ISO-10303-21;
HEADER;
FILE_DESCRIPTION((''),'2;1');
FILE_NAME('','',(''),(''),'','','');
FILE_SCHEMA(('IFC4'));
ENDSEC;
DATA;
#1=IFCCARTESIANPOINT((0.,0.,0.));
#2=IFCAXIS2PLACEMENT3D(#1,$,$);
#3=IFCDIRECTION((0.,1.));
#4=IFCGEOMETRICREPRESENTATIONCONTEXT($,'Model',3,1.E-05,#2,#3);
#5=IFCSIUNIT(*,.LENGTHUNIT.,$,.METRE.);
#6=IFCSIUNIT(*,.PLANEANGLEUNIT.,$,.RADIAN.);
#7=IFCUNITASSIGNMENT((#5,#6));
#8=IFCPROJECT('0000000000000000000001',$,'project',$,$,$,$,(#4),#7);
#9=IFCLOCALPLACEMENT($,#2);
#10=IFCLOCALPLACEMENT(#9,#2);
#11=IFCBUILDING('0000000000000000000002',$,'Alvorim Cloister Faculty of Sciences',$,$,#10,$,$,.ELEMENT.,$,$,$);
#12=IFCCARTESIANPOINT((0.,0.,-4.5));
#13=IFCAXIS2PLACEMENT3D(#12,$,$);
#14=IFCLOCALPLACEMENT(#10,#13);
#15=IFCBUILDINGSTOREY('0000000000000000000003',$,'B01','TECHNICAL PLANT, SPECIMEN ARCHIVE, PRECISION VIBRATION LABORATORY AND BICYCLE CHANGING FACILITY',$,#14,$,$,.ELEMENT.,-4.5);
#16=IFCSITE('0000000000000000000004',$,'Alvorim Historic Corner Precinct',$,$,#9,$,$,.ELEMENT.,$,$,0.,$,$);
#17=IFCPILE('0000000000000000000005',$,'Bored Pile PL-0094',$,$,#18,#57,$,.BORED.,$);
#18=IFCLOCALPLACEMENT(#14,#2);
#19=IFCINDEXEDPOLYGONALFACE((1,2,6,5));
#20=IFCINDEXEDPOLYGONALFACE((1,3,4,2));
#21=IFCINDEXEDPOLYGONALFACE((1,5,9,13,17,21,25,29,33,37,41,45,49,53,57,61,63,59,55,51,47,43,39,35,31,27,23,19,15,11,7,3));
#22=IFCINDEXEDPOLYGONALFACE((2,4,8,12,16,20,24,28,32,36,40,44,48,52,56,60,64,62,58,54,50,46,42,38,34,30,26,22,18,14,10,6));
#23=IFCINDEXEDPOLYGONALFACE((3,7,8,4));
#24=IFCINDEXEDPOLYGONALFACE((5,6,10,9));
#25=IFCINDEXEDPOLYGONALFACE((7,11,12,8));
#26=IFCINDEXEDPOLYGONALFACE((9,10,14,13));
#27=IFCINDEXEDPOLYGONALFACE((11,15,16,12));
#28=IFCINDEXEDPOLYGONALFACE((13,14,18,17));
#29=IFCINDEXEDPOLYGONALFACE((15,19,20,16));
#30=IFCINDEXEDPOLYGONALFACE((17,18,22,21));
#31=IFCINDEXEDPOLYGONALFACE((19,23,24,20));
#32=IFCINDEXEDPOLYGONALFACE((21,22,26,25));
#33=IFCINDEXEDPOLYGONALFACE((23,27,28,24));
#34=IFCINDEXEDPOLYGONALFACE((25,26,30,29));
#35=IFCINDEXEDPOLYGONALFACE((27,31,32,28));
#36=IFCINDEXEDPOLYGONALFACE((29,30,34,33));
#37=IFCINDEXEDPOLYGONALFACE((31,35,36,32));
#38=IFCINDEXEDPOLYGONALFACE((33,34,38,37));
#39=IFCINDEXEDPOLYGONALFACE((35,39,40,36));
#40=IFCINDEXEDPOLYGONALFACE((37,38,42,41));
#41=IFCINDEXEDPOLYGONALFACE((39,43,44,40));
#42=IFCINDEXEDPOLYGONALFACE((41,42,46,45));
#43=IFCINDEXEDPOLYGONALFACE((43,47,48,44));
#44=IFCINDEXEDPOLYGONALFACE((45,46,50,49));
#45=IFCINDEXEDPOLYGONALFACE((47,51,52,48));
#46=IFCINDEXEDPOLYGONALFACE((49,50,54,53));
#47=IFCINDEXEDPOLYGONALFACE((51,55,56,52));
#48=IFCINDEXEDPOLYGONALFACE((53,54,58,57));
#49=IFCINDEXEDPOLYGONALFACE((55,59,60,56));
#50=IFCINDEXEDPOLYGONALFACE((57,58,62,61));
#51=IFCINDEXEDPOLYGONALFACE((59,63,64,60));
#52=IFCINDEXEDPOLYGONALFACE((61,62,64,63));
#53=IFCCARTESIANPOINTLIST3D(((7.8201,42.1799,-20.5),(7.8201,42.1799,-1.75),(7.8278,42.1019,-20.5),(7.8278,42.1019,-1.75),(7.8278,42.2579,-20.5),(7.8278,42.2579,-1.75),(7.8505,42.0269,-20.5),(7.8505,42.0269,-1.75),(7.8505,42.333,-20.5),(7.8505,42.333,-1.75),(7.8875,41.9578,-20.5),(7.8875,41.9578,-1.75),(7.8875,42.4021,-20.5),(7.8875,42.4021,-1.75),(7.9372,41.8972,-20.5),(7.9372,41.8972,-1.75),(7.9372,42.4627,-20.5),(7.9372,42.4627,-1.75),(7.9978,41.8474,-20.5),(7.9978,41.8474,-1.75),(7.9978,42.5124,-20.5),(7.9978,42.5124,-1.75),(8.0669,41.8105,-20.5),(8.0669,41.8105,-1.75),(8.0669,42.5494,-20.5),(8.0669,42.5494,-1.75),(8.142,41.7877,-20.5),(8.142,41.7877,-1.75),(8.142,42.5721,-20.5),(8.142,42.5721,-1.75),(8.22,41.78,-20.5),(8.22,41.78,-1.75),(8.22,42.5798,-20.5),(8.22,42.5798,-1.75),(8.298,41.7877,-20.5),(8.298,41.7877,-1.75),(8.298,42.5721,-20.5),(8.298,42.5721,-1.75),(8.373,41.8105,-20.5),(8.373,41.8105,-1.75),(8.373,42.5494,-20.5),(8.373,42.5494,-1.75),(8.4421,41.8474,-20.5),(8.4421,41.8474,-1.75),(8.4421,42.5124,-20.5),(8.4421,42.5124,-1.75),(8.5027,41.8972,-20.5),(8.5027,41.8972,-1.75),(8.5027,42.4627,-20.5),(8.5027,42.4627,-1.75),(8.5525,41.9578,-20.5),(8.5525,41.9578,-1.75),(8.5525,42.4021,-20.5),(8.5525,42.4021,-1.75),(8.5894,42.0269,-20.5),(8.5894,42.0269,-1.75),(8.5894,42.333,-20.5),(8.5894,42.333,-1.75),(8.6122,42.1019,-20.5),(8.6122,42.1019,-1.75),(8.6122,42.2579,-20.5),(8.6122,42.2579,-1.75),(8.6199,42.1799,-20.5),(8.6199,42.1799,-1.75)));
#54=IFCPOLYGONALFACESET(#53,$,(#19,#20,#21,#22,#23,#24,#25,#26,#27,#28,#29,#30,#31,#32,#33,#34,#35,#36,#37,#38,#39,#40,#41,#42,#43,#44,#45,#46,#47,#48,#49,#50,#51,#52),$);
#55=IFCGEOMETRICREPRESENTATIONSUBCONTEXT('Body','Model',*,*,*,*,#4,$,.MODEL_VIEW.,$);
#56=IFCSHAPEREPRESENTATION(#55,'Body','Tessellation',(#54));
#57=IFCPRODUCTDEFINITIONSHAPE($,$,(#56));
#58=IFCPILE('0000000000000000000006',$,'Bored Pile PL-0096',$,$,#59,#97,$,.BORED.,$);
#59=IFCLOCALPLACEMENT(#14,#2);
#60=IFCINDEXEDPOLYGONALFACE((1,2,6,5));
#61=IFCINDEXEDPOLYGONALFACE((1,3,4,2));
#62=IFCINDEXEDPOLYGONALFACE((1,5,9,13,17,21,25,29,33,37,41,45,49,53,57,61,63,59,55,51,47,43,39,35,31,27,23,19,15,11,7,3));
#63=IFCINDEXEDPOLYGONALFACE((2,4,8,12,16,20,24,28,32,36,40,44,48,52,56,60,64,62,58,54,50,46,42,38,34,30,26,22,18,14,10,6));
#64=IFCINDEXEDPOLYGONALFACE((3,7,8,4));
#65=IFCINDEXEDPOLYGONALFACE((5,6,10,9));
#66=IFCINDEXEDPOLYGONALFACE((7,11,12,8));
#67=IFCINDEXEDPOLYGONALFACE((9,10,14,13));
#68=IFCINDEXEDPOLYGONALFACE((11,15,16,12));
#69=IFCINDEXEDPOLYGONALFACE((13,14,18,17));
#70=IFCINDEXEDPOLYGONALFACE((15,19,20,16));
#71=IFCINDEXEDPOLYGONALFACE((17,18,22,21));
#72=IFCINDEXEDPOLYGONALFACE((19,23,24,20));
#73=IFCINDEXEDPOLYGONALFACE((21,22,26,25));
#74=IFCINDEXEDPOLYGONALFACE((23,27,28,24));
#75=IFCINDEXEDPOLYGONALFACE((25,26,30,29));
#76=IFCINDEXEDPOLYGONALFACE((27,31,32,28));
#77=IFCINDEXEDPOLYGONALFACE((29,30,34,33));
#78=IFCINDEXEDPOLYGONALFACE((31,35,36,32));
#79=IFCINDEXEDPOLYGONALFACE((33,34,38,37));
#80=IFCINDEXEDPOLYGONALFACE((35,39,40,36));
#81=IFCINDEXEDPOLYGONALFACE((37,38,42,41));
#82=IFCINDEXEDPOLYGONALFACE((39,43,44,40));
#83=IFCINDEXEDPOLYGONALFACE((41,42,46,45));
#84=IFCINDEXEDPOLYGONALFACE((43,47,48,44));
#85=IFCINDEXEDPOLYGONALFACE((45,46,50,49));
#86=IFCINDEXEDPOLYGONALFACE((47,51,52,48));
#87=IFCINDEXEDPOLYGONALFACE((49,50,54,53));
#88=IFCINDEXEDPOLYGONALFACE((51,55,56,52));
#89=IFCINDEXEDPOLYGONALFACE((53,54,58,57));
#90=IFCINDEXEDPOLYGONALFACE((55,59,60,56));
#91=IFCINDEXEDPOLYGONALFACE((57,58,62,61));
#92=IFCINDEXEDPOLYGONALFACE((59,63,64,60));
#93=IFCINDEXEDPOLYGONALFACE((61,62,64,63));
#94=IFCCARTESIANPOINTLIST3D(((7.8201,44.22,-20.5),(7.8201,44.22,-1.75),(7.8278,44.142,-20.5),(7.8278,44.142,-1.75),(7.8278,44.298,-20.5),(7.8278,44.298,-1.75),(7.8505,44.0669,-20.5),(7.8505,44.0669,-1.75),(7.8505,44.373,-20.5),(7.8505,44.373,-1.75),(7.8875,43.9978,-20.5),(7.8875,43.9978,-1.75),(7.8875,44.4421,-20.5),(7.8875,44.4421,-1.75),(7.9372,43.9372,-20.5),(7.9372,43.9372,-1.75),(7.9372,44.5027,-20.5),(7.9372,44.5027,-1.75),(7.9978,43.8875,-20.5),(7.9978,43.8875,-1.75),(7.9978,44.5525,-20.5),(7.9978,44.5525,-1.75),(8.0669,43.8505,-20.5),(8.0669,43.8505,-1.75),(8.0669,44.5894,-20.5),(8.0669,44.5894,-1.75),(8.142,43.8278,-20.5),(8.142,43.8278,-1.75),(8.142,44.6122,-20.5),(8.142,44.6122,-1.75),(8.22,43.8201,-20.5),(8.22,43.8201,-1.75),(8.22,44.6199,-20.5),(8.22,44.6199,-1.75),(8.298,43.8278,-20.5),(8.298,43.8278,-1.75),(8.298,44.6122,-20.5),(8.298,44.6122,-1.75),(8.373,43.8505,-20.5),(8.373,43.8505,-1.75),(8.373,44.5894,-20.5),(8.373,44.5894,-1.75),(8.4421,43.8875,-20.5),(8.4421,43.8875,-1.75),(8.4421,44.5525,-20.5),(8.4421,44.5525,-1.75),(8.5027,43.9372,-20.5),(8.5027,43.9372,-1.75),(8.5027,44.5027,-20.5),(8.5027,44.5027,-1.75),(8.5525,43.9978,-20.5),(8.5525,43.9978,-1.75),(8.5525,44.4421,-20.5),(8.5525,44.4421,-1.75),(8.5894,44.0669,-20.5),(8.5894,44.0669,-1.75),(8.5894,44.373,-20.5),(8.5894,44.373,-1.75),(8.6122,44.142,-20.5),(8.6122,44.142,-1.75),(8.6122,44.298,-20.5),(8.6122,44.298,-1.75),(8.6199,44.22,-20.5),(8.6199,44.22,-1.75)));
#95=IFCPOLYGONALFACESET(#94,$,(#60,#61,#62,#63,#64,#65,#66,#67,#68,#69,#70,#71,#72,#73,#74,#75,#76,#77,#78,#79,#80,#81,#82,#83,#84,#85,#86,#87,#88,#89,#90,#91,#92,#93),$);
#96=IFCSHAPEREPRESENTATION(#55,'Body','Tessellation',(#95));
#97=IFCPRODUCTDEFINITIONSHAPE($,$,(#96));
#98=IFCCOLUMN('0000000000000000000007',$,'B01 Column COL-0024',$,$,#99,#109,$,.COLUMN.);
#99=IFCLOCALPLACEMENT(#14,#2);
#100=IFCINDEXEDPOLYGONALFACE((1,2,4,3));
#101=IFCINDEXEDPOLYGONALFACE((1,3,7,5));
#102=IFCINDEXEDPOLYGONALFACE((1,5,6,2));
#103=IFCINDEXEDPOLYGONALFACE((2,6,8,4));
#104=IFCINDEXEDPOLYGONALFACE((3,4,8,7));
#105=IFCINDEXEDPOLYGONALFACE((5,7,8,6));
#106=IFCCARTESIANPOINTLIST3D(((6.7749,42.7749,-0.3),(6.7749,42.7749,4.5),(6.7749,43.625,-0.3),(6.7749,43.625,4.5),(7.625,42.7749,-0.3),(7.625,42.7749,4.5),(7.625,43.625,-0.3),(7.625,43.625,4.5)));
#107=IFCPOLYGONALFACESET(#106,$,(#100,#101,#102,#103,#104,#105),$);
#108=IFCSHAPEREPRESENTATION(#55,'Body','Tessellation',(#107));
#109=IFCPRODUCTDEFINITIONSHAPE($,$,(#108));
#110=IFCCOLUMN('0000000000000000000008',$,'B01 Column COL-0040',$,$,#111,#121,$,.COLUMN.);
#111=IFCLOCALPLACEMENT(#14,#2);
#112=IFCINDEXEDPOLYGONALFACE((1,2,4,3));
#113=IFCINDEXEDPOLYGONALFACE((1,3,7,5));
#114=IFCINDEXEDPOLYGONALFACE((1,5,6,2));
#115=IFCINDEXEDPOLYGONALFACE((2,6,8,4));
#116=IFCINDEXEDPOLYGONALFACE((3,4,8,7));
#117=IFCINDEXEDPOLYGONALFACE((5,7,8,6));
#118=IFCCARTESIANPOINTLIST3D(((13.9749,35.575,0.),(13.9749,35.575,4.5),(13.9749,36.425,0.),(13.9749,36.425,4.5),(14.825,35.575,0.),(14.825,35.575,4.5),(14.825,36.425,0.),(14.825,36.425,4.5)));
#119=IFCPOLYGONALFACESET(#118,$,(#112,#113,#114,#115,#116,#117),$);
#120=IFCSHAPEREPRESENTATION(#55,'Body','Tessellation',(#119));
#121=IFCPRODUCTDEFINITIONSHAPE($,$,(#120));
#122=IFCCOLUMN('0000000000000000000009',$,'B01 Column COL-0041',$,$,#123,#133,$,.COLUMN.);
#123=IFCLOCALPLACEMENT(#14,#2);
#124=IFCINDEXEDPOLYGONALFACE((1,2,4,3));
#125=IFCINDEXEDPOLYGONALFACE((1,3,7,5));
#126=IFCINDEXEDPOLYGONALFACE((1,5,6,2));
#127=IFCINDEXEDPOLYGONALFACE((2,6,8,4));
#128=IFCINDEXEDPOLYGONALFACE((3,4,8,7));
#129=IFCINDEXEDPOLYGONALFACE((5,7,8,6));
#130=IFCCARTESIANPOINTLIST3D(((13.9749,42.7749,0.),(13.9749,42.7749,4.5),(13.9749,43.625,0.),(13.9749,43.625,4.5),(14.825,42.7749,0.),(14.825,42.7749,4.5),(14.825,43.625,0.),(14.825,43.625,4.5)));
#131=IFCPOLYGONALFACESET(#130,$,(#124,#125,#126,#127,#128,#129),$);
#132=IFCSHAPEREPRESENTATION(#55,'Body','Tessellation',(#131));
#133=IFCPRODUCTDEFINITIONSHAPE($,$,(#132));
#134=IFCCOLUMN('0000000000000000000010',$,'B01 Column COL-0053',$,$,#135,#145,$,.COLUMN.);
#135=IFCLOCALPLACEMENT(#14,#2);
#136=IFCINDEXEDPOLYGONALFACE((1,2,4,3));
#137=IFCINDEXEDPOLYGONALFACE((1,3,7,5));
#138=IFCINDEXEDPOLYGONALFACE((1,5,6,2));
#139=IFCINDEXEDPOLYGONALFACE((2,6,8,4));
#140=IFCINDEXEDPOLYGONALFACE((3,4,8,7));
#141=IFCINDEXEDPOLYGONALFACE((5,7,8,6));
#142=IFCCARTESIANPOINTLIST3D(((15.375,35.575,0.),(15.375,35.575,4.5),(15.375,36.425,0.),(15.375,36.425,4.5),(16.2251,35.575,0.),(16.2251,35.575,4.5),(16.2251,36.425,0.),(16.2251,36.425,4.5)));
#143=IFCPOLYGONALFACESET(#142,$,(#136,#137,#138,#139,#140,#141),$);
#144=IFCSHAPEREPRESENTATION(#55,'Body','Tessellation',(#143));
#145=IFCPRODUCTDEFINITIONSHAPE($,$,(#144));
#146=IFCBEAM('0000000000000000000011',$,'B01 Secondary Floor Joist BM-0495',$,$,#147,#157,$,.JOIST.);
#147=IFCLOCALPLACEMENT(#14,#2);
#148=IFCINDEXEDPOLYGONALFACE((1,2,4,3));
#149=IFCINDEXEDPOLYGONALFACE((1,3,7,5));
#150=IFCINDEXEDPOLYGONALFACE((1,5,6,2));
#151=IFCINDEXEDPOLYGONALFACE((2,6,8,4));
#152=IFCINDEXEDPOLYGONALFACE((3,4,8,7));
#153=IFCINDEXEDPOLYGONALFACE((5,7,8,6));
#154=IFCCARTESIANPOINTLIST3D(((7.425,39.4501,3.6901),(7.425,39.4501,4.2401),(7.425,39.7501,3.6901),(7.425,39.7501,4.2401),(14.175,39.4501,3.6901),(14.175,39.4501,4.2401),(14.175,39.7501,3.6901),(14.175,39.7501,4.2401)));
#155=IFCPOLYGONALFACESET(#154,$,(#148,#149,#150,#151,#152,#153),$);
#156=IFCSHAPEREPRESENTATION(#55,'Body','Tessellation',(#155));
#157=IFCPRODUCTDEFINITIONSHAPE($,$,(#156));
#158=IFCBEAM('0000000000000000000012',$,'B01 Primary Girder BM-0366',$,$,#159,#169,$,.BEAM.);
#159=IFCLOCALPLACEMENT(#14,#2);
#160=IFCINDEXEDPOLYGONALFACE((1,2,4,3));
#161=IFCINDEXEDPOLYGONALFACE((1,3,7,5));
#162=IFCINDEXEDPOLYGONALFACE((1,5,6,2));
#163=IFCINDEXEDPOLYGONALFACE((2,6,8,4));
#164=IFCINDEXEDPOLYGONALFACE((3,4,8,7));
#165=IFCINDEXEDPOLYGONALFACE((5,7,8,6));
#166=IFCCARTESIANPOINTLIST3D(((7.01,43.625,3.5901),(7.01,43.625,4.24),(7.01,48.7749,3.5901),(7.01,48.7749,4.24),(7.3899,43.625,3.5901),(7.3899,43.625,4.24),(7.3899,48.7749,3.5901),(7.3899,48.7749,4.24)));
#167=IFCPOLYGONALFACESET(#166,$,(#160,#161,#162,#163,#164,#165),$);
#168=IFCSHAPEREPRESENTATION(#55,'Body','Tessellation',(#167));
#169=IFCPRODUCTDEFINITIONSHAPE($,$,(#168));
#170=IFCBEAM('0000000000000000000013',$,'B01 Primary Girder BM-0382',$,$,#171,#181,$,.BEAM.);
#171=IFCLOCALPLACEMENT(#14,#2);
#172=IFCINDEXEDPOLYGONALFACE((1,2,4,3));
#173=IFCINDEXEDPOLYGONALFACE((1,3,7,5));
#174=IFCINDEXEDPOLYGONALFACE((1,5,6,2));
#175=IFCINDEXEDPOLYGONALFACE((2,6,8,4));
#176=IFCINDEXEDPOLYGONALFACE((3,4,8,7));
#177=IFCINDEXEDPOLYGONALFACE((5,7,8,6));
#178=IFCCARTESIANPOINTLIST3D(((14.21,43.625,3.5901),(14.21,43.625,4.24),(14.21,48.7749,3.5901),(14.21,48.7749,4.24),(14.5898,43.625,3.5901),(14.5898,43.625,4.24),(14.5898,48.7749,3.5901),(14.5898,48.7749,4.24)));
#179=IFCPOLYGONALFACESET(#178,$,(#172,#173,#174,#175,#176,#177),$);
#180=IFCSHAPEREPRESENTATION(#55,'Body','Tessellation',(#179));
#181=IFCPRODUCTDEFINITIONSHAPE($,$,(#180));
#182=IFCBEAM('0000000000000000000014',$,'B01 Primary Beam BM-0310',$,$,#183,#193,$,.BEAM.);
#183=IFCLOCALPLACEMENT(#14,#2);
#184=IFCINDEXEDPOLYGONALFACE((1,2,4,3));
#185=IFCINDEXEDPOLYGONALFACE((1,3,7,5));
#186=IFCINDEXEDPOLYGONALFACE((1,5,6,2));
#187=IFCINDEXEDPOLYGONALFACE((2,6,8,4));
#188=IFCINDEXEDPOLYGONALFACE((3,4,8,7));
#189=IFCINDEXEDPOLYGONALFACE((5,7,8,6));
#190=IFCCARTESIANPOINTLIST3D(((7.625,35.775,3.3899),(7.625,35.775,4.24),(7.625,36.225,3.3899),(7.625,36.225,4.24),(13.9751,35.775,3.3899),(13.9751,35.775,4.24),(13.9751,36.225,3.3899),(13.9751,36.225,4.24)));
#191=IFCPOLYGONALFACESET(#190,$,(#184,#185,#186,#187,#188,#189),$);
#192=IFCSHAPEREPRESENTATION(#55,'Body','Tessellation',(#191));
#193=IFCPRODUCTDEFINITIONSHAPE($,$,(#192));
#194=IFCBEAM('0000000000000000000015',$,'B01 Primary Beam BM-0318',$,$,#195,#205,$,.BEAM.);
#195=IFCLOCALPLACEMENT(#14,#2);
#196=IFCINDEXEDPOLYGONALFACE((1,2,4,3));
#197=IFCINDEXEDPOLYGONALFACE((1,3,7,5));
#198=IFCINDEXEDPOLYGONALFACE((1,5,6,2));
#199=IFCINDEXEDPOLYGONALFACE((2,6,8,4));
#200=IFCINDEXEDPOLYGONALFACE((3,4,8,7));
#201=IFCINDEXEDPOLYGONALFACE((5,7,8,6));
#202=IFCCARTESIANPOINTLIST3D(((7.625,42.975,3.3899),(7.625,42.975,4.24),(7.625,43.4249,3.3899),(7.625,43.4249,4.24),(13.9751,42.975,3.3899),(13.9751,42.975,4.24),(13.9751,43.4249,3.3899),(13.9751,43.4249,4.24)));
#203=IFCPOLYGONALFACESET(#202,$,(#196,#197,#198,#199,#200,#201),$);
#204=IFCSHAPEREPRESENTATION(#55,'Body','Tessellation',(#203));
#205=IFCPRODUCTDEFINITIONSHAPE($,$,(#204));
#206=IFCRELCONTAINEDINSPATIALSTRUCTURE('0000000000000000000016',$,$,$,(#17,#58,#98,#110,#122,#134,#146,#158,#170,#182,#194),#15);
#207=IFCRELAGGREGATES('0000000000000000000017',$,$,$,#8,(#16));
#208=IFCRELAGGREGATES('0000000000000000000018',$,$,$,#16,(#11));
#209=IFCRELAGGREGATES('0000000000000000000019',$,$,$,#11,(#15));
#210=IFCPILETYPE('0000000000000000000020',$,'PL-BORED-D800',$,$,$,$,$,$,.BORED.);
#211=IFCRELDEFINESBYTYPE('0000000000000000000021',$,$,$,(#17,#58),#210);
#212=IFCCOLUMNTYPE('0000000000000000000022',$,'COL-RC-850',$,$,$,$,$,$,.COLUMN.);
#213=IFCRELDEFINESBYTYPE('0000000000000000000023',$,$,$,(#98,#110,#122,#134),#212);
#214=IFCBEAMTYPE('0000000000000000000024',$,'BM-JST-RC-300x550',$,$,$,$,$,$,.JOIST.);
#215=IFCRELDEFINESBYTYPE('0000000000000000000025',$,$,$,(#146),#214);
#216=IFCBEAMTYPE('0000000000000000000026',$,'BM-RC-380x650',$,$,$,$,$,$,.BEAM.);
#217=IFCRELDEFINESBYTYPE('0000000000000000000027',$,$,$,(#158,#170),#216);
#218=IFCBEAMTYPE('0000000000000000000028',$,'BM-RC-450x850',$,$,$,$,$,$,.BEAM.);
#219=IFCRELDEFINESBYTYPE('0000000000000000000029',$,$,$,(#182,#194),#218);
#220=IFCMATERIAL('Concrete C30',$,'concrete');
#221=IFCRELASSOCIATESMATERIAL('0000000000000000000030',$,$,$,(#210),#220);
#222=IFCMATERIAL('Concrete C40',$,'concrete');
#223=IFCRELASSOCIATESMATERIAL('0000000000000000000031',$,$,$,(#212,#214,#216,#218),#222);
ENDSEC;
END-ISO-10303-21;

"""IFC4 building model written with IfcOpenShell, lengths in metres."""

from ifc_helpers import new_model, si_unit, direction, frame, origin, origin_2d, place, context, subcontext, project, spatial, rectangle, circle, extrude, material, material_profile, profile_set, type_object, element, save


model = new_model("IFC4")

# Units and contexts
model_context = context("Model", 3, precision=1e-05, world=origin(), true_north=direction((0.0, 1.0)))
body_context = subcontext(model_context, "Body", "Model", "MODEL_VIEW")
ifc_project = project(units=[si_unit("LENGTHUNIT", "METRE"), si_unit("PLANEANGLEUNIT", "RADIAN")], contexts=[model_context])

# Site, building, storey
site_placement = place(None, origin())
site = spatial("IfcSite", under=ifc_project, at=site_placement, Name="Alvorim Historic Corner Precinct", CompositionType="ELEMENT", RefElevation=0.0)
building_placement = place(site_placement, origin())
building = spatial("IfcBuilding", under=site, at=building_placement, Name="Alvorim Cloister Faculty of Sciences", CompositionType="ELEMENT")
storey_placement = place(building_placement, frame((0.0, 0.0, -4.5)))
storey = spatial("IfcBuildingStorey", under=building, at=storey_placement, Name="B01", Description="TECHNICAL PLANT, SPECIMEN ARCHIVE, PRECISION VIBRATION LABORATORY AND BICYCLE CHANGING FACILITY", CompositionType="ELEMENT", Elevation=-4.5)

# Shared definitions
ifc_material_1 = material(Name="Concrete C40", Category="concrete")

# Piles
ifc_material_2 = material(Name="Concrete C30", Category="concrete")
ifc_material_profile_1 = material_profile(ifc_material_2, circle(Radius=0.3999, at=origin_2d()), Name="PILE-D800")
ifc_profile_set_1 = profile_set([ifc_material_profile_1], Name="Concrete C30")
pile_type_1 = type_object("IfcPileType", Name="PL-BORED-D800", PredefinedType="BORED", material=ifc_profile_set_1)
for number, where, z_axis, x_axis, name in (
    (1, (8.22, 42.1799, -1.75), (0.0, 0.0, -1.0), (1.0, 0.0, 0.0), "Bored Pile PL-0094"),
    (2, (8.22, 44.22, -1.75), (0.0, 0.0, -1.0), (1.0, 0.0, 0.0), "Bored Pile PL-0096"),
):
    element("IfcPile", number, at=place(storey_placement, frame(where, z_axis=z_axis, x_axis=x_axis)), inside=storey, type_object=pile_type_1, Name=name, PredefinedType="BORED", context=body_context, shape_type="SweptSolid", body=[
        extrude(circle(Radius=0.3999, at=origin_2d()), origin(), (0.0, 0.0, 1.0), 18.75),
    ])

# Columns
ifc_material_profile_2 = material_profile(ifc_material_1, rectangle(XDim=0.8501, YDim=0.8501, at=origin_2d()), Name="RC40-COL-850x850")
ifc_profile_set_2 = profile_set([ifc_material_profile_2], Name="Concrete C40")
column_type = type_object("IfcColumnType", Name="COL-RC-850", PredefinedType="COLUMN", material=ifc_profile_set_2)
column_placement = place(storey_placement, frame((7.2, 43.2, -0.3), z_axis=(0.0, 0.0, 1.0), x_axis=(1.0, 0.0, 0.0)))
element("IfcColumn", 3, at=column_placement, inside=storey, type_object=column_type, Name="B01 Column COL-0024", PredefinedType="COLUMN", context=body_context, shape_type="SweptSolid", body=[
    extrude(rectangle(XDim=0.8501, YDim=0.8501, at=origin_2d()), origin(), (0.0, 0.0, 1.0), 4.8),
])
for number, where, z_axis, x_axis, name in (
    (4, (14.3999, 36.0, 0.0), (0.0, 0.0, 1.0), (1.0, 0.0, 0.0), "B01 Column COL-0040"),
    (5, (14.3999, 43.2, 0.0), (0.0, 0.0, 1.0), (1.0, 0.0, 0.0), "B01 Column COL-0041"),
    (6, (15.8, 36.0, 0.0), (0.0, 0.0, 1.0), (1.0, 0.0, 0.0), "B01 Column COL-0053"),
):
    element("IfcColumn", number, at=place(storey_placement, frame(where, z_axis=z_axis, x_axis=x_axis)), inside=storey, type_object=column_type, Name=name, PredefinedType="COLUMN", context=body_context, shape_type="SweptSolid", body=[
        extrude(rectangle(XDim=0.8501, YDim=0.8501, at=origin_2d()), origin(), (0.0, 0.0, 1.0), 4.5),
    ])

# Beams
ifc_material_profile_3 = material_profile(ifc_material_1, rectangle(XDim=0.3, YDim=0.55, at=origin_2d()), Name="RC40-JST-300x550")
ifc_profile_set_3 = profile_set([ifc_material_profile_3], Name="Concrete C40")
beam_type_1 = type_object("IfcBeamType", Name="BM-JST-RC-300x550", PredefinedType="JOIST", material=ifc_profile_set_3)
beam_1_placement = place(storey_placement, frame((7.425, 39.6001, 3.9651), z_axis=(1.0, 0.0, 0.0), x_axis=(0.0, 1.0, 0.0)))
element("IfcBeam", 7, at=beam_1_placement, inside=storey, type_object=beam_type_1, Name="B01 Secondary Floor Joist BM-0495", PredefinedType="JOIST", context=body_context, shape_type="SweptSolid", body=[
    extrude(rectangle(XDim=0.3, YDim=0.55, at=origin_2d()), origin(), (0.0, 0.0, 1.0), 6.75),
])
ifc_material_profile_4 = material_profile(ifc_material_1, rectangle(XDim=0.3799, YDim=0.6499, at=origin_2d()), Name="RC40-BM-380x650")
ifc_profile_set_4 = profile_set([ifc_material_profile_4], Name="Concrete C40")
beam_type_2 = type_object("IfcBeamType", Name="BM-RC-380x650", PredefinedType="BEAM", material=ifc_profile_set_4)
for number, where, z_axis, x_axis, name in (
    (8, (7.2, 43.625, 3.915), (0.0, 1.0, 0.0), (-1.0, 0.0, 0.0), "B01 Primary Girder BM-0366"),
    (9, (14.3999, 43.625, 3.915), (0.0, 1.0, 0.0), (-1.0, 0.0, 0.0), "B01 Primary Girder BM-0382"),
):
    element("IfcBeam", number, at=place(storey_placement, frame(where, z_axis=z_axis, x_axis=x_axis)), inside=storey, type_object=beam_type_2, Name=name, PredefinedType="BEAM", context=body_context, shape_type="SweptSolid", body=[
        extrude(rectangle(XDim=0.3799, YDim=0.6499, at=origin_2d()), origin(), (0.0, 0.0, 1.0), 5.1499),
    ])
ifc_material_profile_5 = material_profile(ifc_material_1, rectangle(XDim=0.45, YDim=0.8501, at=origin_2d()), Name="RC40-BM-450x850")
ifc_profile_set_5 = profile_set([ifc_material_profile_5], Name="Concrete C40")
beam_type_3 = type_object("IfcBeamType", Name="BM-RC-450x850", PredefinedType="BEAM", material=ifc_profile_set_5)
for number, where, z_axis, x_axis, name in (
    (10, (7.625, 36.0, 3.8149), (1.0, 0.0, 0.0), (0.0, 1.0, 0.0), "B01 Primary Beam BM-0310"),
    (11, (7.625, 43.2, 3.8149), (1.0, 0.0, 0.0), (0.0, 1.0, 0.0), "B01 Primary Beam BM-0318"),
):
    element("IfcBeam", number, at=place(storey_placement, frame(where, z_axis=z_axis, x_axis=x_axis)), inside=storey, type_object=beam_type_3, Name=name, PredefinedType="BEAM", context=body_context, shape_type="SweptSolid", body=[
        extrude(rectangle(XDim=0.45, YDim=0.8501, at=origin_2d()), origin(), (0.0, 0.0, 1.0), 6.3501),
    ])

save(model, "model.ifc")
